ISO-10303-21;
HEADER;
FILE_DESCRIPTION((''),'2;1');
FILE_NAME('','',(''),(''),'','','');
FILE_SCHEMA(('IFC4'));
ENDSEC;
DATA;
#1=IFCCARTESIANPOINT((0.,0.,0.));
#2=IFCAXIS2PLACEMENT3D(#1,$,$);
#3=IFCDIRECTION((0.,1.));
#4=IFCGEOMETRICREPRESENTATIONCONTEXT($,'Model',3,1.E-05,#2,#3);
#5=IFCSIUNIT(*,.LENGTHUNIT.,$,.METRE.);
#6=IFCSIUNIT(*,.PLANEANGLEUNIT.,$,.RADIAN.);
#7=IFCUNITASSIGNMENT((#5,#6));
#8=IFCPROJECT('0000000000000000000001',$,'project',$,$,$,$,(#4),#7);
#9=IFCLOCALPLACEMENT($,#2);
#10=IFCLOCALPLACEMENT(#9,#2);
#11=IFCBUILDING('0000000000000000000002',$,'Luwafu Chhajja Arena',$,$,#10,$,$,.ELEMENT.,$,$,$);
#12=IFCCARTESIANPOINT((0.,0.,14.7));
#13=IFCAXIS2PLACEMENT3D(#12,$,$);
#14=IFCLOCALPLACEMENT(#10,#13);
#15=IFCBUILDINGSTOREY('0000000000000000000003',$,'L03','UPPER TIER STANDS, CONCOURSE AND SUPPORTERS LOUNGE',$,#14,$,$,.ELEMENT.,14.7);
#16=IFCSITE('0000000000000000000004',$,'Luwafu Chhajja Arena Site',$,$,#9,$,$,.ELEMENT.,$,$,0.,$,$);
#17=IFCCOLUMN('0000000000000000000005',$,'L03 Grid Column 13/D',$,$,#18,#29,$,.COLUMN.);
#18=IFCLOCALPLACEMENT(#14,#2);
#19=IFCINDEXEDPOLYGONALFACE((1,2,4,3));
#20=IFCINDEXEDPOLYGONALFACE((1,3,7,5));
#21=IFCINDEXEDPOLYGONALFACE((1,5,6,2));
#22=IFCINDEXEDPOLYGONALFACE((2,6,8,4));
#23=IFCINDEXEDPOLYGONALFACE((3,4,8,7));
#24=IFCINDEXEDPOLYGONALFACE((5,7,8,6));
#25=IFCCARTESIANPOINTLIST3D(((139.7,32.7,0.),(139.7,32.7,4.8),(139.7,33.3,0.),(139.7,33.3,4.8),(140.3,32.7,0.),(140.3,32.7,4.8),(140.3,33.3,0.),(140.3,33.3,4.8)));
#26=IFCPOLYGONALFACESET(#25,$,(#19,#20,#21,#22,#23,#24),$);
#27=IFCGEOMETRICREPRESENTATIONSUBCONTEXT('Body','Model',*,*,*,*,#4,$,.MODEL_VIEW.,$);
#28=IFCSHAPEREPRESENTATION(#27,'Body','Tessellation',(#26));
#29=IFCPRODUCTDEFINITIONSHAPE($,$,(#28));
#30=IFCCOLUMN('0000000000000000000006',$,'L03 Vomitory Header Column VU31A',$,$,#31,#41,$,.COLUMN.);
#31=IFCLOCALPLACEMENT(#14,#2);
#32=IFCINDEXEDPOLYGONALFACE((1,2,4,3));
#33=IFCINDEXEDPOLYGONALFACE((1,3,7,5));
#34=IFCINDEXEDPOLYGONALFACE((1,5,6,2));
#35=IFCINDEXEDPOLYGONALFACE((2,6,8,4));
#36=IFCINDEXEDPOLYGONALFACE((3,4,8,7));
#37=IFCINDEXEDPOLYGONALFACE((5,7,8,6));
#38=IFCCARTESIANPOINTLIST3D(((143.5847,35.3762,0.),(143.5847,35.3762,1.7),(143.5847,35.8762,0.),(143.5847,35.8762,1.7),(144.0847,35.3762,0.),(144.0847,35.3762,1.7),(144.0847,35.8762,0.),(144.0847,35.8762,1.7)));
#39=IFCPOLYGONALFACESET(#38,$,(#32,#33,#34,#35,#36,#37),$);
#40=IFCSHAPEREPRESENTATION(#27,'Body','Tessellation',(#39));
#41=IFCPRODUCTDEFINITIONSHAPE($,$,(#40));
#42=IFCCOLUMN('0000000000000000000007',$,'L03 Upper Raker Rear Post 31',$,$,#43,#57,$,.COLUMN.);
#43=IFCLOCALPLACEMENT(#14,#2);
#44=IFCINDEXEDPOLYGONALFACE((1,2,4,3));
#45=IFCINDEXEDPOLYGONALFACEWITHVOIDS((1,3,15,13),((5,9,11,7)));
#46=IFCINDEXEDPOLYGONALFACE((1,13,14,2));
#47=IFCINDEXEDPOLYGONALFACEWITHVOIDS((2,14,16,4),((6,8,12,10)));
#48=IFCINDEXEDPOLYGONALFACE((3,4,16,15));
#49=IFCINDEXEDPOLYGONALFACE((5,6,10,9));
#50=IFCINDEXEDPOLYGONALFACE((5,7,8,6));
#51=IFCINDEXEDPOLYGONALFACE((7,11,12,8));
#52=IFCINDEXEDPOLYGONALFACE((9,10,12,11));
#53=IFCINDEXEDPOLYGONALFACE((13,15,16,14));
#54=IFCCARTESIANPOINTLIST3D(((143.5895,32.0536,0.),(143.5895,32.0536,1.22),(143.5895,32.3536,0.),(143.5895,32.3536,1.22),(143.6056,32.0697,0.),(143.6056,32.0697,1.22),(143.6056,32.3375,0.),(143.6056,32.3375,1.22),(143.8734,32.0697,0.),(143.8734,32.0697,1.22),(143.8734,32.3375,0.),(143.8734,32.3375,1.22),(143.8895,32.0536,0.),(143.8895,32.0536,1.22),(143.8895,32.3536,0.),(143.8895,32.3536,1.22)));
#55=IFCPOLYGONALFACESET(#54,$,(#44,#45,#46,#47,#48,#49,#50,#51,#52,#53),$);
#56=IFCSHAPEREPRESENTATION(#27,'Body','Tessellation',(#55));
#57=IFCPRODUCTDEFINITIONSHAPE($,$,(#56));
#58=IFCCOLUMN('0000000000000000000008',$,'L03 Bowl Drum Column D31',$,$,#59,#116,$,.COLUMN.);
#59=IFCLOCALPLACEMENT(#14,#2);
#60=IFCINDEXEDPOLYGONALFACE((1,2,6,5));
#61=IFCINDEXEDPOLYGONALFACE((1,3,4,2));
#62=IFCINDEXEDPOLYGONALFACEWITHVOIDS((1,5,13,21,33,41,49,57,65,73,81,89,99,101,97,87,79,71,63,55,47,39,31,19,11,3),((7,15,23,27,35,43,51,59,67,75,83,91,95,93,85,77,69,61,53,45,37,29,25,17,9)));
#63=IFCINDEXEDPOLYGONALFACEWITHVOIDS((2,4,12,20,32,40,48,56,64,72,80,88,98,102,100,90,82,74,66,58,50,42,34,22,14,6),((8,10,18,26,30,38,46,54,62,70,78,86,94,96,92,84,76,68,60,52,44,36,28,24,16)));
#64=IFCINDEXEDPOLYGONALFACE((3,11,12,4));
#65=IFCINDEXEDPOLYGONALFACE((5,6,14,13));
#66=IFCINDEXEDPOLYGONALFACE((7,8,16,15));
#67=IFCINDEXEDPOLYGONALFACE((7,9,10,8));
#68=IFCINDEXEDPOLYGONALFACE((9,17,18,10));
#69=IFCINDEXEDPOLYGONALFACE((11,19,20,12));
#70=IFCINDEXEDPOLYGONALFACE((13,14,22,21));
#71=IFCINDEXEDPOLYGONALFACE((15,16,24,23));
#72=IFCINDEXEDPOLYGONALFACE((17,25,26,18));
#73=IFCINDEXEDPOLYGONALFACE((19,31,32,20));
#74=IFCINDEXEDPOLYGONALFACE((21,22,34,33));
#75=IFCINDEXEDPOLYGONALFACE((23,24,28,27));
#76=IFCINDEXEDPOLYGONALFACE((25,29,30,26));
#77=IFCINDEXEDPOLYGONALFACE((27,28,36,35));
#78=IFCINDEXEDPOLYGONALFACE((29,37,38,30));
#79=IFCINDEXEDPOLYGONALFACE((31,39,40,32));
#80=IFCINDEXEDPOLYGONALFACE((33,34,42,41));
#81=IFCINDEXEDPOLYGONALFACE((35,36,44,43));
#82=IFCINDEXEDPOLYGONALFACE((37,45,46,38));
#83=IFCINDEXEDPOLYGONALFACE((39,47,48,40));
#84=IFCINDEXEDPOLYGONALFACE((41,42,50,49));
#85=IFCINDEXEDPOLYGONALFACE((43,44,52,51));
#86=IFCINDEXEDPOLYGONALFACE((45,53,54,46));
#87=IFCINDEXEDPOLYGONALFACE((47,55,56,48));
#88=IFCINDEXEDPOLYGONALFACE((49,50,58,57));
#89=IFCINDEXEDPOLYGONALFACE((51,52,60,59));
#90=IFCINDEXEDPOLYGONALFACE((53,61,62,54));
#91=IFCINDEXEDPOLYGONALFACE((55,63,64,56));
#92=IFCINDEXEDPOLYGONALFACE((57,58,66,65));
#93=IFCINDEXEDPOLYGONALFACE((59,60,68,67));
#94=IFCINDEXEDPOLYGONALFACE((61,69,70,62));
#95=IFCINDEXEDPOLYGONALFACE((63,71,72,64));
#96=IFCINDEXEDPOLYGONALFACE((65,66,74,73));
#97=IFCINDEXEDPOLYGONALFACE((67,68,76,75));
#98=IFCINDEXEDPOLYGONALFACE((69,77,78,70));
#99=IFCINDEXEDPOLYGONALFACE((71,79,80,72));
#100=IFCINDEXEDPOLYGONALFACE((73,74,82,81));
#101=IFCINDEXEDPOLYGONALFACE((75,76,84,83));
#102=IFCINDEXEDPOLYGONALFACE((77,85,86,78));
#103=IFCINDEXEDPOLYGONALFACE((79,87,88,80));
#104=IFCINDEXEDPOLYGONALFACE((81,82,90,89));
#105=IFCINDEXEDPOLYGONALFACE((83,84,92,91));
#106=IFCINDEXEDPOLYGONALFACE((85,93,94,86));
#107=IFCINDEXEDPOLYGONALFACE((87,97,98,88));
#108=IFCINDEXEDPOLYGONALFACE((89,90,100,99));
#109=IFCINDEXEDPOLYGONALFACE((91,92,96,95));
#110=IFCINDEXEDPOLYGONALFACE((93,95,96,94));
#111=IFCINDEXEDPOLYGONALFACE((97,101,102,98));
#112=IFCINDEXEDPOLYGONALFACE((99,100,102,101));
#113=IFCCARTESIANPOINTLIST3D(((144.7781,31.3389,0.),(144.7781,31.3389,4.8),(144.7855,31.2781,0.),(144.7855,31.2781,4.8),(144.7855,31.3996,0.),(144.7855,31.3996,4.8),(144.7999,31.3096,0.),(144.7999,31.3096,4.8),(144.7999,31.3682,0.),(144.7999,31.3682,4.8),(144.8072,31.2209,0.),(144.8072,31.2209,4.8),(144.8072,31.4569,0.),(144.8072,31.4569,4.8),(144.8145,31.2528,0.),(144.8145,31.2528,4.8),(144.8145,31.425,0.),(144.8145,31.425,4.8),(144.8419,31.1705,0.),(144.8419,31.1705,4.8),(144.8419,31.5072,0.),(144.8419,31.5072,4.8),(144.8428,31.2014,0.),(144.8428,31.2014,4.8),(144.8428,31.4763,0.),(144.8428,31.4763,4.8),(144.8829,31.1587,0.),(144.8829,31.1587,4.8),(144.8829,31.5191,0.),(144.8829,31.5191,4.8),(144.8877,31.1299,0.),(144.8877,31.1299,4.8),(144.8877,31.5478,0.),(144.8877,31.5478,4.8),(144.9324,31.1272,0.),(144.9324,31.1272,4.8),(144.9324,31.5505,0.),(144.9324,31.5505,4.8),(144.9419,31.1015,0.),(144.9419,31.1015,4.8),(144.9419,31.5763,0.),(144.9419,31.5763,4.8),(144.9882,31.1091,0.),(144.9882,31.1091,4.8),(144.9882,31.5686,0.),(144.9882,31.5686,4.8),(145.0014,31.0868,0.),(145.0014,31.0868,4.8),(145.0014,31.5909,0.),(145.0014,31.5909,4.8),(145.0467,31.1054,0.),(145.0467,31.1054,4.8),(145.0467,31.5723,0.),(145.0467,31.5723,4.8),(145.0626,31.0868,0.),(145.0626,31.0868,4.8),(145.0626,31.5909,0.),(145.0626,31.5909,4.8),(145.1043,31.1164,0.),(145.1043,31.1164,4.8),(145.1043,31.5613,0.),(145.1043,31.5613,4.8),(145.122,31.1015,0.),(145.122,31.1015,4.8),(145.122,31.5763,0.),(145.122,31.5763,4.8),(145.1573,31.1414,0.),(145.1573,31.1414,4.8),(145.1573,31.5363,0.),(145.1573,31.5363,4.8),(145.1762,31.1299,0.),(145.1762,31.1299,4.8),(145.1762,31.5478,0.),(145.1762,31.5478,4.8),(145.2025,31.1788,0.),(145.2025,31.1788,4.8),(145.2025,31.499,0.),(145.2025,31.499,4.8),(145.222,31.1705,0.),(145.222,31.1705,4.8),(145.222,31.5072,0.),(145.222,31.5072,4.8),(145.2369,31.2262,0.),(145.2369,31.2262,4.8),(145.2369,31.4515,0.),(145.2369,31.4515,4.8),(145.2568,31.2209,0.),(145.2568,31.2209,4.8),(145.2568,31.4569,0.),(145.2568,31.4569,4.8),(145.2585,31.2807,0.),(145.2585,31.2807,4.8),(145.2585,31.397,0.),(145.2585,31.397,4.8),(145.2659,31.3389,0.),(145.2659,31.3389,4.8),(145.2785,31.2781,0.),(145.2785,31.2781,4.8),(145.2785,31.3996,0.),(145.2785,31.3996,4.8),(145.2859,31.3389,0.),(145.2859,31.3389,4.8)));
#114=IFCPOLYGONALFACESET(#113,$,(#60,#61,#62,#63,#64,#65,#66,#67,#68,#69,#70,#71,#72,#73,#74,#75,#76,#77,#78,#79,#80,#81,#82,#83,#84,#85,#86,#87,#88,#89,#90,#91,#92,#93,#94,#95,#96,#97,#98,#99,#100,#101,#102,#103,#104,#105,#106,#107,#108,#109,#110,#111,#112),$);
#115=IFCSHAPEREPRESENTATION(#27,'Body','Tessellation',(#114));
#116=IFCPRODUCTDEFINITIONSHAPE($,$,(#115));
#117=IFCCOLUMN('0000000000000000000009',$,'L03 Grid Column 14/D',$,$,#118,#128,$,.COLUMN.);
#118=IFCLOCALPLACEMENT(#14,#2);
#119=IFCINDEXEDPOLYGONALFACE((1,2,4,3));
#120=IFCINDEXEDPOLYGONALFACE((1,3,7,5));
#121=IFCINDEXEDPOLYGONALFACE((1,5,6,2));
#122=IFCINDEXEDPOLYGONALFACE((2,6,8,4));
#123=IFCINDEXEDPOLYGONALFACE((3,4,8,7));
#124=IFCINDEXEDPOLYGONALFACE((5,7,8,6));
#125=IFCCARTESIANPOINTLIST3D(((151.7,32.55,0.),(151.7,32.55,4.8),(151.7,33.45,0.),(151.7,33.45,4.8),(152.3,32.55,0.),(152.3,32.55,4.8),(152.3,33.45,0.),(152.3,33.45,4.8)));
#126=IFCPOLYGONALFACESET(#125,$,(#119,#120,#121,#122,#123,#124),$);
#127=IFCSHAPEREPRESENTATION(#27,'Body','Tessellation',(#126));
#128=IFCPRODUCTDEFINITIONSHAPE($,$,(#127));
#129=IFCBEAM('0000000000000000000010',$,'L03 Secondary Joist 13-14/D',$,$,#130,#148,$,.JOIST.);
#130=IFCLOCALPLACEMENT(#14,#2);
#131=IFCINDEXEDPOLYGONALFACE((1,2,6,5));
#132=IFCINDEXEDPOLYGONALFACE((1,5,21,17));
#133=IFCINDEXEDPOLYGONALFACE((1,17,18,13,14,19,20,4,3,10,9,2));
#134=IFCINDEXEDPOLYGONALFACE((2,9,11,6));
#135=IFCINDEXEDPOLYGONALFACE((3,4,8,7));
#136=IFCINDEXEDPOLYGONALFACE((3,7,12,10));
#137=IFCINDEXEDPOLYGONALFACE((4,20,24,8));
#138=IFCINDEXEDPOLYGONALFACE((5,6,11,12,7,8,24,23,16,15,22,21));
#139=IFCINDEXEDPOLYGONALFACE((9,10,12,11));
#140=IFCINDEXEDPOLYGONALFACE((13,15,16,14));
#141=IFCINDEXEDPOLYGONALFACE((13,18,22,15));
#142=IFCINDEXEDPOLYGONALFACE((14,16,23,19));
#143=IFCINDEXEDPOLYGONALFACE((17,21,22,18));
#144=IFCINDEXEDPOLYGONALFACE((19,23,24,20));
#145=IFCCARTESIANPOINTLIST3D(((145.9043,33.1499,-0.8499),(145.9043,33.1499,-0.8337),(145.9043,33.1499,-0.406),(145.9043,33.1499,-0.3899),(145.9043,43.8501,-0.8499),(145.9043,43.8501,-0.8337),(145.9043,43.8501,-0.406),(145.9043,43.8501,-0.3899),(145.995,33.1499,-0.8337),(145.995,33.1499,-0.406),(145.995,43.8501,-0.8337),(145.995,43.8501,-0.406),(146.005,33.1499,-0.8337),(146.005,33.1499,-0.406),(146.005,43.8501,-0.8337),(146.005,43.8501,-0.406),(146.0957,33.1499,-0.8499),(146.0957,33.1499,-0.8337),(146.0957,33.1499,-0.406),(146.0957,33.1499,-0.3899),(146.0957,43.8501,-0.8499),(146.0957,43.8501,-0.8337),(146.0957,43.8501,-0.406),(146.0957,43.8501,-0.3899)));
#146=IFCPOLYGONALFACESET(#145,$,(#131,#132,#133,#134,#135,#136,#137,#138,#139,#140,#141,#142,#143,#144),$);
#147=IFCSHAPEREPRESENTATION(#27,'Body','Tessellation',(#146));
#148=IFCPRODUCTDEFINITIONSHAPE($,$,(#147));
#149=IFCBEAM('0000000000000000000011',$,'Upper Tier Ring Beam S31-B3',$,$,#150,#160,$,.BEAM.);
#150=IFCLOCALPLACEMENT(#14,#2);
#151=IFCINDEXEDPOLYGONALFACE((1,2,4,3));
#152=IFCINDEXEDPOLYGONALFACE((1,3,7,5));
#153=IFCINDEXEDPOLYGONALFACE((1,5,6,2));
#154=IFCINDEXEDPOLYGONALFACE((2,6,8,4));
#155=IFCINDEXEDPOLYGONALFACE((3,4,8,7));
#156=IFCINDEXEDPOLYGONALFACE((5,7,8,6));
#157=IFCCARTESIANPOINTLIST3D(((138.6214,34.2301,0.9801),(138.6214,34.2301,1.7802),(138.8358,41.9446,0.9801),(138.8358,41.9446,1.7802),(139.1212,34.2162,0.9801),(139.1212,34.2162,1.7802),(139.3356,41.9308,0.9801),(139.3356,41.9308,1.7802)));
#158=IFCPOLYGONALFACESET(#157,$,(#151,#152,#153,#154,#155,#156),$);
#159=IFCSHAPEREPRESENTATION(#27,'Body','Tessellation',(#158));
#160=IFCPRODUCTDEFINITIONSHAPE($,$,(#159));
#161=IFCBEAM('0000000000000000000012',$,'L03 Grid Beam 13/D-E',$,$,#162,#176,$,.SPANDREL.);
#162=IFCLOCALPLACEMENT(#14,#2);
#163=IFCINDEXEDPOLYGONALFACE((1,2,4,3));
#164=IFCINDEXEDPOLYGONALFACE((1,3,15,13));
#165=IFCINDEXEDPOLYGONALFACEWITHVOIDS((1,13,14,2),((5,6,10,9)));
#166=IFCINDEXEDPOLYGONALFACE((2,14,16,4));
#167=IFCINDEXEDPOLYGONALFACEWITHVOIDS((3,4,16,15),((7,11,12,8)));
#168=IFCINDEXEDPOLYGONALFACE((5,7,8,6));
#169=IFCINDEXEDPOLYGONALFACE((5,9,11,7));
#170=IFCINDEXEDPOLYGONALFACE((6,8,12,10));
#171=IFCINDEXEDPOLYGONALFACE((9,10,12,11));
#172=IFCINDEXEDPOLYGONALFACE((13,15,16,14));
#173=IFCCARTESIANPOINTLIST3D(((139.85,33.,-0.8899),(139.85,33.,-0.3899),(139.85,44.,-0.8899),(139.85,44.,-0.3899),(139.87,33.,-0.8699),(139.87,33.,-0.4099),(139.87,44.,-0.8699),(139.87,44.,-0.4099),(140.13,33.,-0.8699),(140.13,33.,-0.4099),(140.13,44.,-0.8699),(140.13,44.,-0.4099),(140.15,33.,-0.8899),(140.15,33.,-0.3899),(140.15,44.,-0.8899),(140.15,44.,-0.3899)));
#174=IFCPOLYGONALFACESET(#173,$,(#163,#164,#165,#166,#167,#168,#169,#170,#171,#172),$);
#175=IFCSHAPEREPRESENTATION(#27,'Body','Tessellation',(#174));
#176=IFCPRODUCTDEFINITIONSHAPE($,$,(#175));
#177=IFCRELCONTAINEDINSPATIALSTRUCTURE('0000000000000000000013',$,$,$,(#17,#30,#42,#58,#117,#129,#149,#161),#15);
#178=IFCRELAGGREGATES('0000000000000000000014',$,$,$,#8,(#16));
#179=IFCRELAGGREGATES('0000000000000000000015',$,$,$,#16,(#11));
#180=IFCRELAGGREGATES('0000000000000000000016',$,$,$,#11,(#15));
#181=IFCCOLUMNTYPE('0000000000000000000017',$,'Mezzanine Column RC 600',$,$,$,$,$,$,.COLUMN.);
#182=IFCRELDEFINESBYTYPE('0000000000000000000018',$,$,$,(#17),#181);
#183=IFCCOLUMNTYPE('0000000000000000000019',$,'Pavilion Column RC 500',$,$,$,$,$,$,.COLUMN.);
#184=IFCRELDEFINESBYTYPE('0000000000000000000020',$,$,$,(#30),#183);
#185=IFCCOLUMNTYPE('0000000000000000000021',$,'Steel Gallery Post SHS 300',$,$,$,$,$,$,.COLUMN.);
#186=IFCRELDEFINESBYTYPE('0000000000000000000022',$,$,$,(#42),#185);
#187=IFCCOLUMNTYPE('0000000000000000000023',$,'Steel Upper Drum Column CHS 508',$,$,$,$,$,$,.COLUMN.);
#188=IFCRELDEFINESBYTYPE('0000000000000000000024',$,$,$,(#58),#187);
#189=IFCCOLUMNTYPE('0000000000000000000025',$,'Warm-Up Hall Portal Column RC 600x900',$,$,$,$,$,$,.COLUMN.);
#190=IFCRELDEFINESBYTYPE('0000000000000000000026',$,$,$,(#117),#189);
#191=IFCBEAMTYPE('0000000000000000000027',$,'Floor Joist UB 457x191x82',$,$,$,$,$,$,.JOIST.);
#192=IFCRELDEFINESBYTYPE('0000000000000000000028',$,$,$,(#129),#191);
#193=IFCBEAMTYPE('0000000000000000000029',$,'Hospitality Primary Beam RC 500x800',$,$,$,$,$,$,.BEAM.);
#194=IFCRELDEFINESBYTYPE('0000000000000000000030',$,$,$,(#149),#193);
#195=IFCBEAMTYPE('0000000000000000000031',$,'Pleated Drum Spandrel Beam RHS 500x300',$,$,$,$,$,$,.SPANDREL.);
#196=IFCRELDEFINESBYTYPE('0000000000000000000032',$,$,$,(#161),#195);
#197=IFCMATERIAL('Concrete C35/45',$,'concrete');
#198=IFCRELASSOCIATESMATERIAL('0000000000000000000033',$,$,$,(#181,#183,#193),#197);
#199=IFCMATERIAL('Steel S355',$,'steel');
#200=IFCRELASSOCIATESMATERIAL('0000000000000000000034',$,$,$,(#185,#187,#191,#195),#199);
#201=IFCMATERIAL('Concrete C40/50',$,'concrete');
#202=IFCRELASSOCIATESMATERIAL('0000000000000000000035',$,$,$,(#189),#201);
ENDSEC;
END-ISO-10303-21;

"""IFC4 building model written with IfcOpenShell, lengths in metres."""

from ifc_helpers import new_model, si_unit, direction, frame, origin, origin_2d, place, context, subcontext, project, spatial, rectangle, hollow_rectangle, hollow_circle, i_section, extrude, material, material_profile, profile_set, type_object, element, save


model = new_model("IFC4")

# Units and contexts
model_context = context("Model", 3, precision=1e-05, world=origin(), true_north=direction((0.0, 1.0)))
body_context = subcontext(model_context, "Body", "Model", "MODEL_VIEW")
ifc_project = project(units=[si_unit("LENGTHUNIT", "METRE"), si_unit("PLANEANGLEUNIT", "RADIAN")], contexts=[model_context])

# Site, building, storey
site_placement = place(None, origin())
site = spatial("IfcSite", under=ifc_project, at=site_placement, Name="Luwafu Chhajja Arena Site", CompositionType="ELEMENT", RefElevation=0.0)
building_placement = place(site_placement, origin())
building = spatial("IfcBuilding", under=site, at=building_placement, Name="Luwafu Chhajja Arena", CompositionType="ELEMENT")
storey_placement = place(building_placement, frame((0.0, 0.0, 14.7)))
storey = spatial("IfcBuildingStorey", under=building, at=storey_placement, Name="L03", Description="UPPER TIER STANDS, CONCOURSE AND SUPPORTERS LOUNGE", CompositionType="ELEMENT", Elevation=14.7)

# Columns
ifc_material_1 = material(Name="Concrete C35/45", Category="concrete")
ifc_material_profile_1 = material_profile(ifc_material_1, rectangle(XDim=0.6001, YDim=0.6001, at=origin_2d()), Name="RC 600x600")
ifc_profile_set_1 = profile_set([ifc_material_profile_1], Name="Concrete C35/45")
column_type_1 = type_object("IfcColumnType", Name="Mezzanine Column RC 600", PredefinedType="COLUMN", material=ifc_profile_set_1)
column_1_placement = place(storey_placement, frame((140.0, 33.0, 0.0), z_axis=(0.0, 0.0, 1.0), x_axis=(1.0, 0.0, 0.0)))
element("IfcColumn", 1, at=column_1_placement, inside=storey, type_object=column_type_1, Name="L03 Grid Column 13/D", PredefinedType="COLUMN", context=body_context, shape_type="SweptSolid", body=[
    extrude(rectangle(XDim=0.6001, YDim=0.6001, at=origin_2d()), origin(), (0.0, 0.0, 1.0), 4.8),
])
ifc_material_profile_2 = material_profile(ifc_material_1, rectangle(XDim=0.5, YDim=0.5, at=origin_2d()), Name="RC 500x500")
ifc_profile_set_2 = profile_set([ifc_material_profile_2], Name="Concrete C35/45")
column_type_2 = type_object("IfcColumnType", Name="Pavilion Column RC 500", PredefinedType="COLUMN", material=ifc_profile_set_2)
column_2_placement = place(storey_placement, frame((143.8347, 35.6262, 0.0), z_axis=(0.0, 0.0, 1.0), x_axis=(1.0, 0.0, 0.0)))
element("IfcColumn", 2, at=column_2_placement, inside=storey, type_object=column_type_2, Name="L03 Vomitory Header Column VU31A", PredefinedType="COLUMN", context=body_context, shape_type="SweptSolid", body=[
    extrude(rectangle(XDim=0.5, YDim=0.5, at=origin_2d()), origin(), (0.0, 0.0, 1.0), 1.7),
])
ifc_material_2 = material(Name="Steel S355", Category="steel")
ifc_material_profile_3 = material_profile(ifc_material_2, hollow_rectangle(XDim=0.3, YDim=0.3, WallThickness=0.0161, at=origin_2d()), Name="SHS 300x300x16")
ifc_profile_set_3 = profile_set([ifc_material_profile_3], Name="Steel S355")
column_type_3 = type_object("IfcColumnType", Name="Steel Gallery Post SHS 300", PredefinedType="COLUMN", material=ifc_profile_set_3)
column_3_placement = place(storey_placement, frame((143.7395, 32.2036, 0.0), z_axis=(0.0, 0.0, 1.0), x_axis=(1.0, 0.0, 0.0)))
element("IfcColumn", 3, at=column_3_placement, inside=storey, type_object=column_type_3, Name="L03 Upper Raker Rear Post 31", PredefinedType="COLUMN", context=body_context, shape_type="SweptSolid", body=[
    extrude(hollow_rectangle(XDim=0.3, YDim=0.3, WallThickness=0.0161, at=origin_2d()), origin(), (0.0, 0.0, 1.0), 1.22),
])
ifc_material_profile_4 = material_profile(ifc_material_2, hollow_circle(Radius=0.2539, WallThickness=0.02, at=origin_2d()), Name="CHS 508x20")
ifc_profile_set_4 = profile_set([ifc_material_profile_4], Name="Steel S355")
column_type_4 = type_object("IfcColumnType", Name="Steel Upper Drum Column CHS 508", PredefinedType="COLUMN", material=ifc_profile_set_4)
column_4_placement = place(storey_placement, frame((145.032, 31.3389, 0.0), z_axis=(0.0, 0.0, 1.0), x_axis=(1.0, 0.0, 0.0)))
element("IfcColumn", 4, at=column_4_placement, inside=storey, type_object=column_type_4, Name="L03 Bowl Drum Column D31", PredefinedType="COLUMN", context=body_context, shape_type="SweptSolid", body=[
    extrude(hollow_circle(Radius=0.2539, WallThickness=0.02, at=origin_2d()), origin(), (0.0, 0.0, 1.0), 4.8),
])
ifc_material_3 = material(Name="Concrete C40/50", Category="concrete")
ifc_material_profile_5 = material_profile(ifc_material_3, rectangle(XDim=0.6001, YDim=0.8999, at=origin_2d()), Name="RC 600x900")
ifc_profile_set_5 = profile_set([ifc_material_profile_5], Name="Concrete C40/50")
column_type_5 = type_object("IfcColumnType", Name="Warm-Up Hall Portal Column RC 600x900", PredefinedType="COLUMN", material=ifc_profile_set_5)
column_5_placement = place(storey_placement, frame((152.0, 33.0, 0.0), z_axis=(0.0, 0.0, 1.0), x_axis=(1.0, 0.0, 0.0)))
element("IfcColumn", 5, at=column_5_placement, inside=storey, type_object=column_type_5, Name="L03 Grid Column 14/D", PredefinedType="COLUMN", context=body_context, shape_type="SweptSolid", body=[
    extrude(rectangle(XDim=0.6001, YDim=0.8999, at=origin_2d()), origin(), (0.0, 0.0, 1.0), 4.8),
])

# Beams
ifc_material_profile_6 = material_profile(ifc_material_2, i_section(OverallWidth=0.1914, OverallDepth=0.46, WebThickness=0.01, FlangeThickness=0.0161, at=origin_2d()), Name="UB 457x191x82")
ifc_profile_set_6 = profile_set([ifc_material_profile_6], Name="Steel S355")
beam_type_1 = type_object("IfcBeamType", Name="Floor Joist UB 457x191x82", PredefinedType="JOIST", material=ifc_profile_set_6)
beam_1_placement = place(storey_placement, frame((146.0, 33.1499, -0.6199), z_axis=(0.0, 1.0, 0.0), x_axis=(-1.0, 0.0, 0.0)))
element("IfcBeam", 6, at=beam_1_placement, inside=storey, type_object=beam_type_1, Name="L03 Secondary Joist 13-14/D", PredefinedType="JOIST", context=body_context, shape_type="SweptSolid", body=[
    extrude(i_section(OverallWidth=0.1914, OverallDepth=0.46, WebThickness=0.01, FlangeThickness=0.0161, at=origin_2d()), origin(), (0.0, 0.0, 1.0), 10.7002),
])
ifc_material_profile_7 = material_profile(ifc_material_1, rectangle(XDim=0.5, YDim=0.8, at=origin_2d()), Name="RC 500x800")
ifc_profile_set_7 = profile_set([ifc_material_profile_7], Name="Concrete C35/45")
beam_type_2 = type_object("IfcBeamType", Name="Hospitality Primary Beam RC 500x800", PredefinedType="BEAM", material=ifc_profile_set_7)
beam_2_placement = place(storey_placement, frame((138.8713, 34.2231, 1.3801), z_axis=(0.027775, 0.999614, 0.0), x_axis=(-0.999614, 0.027775, 0.0)))
element("IfcBeam", 7, at=beam_2_placement, inside=storey, type_object=beam_type_2, Name="Upper Tier Ring Beam S31-B3", PredefinedType="BEAM", context=body_context, shape_type="SweptSolid", body=[
    extrude(rectangle(XDim=0.5, YDim=0.8, at=origin_2d()), origin(), (0.0, 0.0, 1.0), 7.7175),
])
ifc_material_profile_8 = material_profile(ifc_material_2, hollow_rectangle(XDim=0.3, YDim=0.5, WallThickness=0.02, at=origin_2d()), Name="RHS 500x300x20")
ifc_profile_set_8 = profile_set([ifc_material_profile_8], Name="Steel S355")
beam_type_3 = type_object("IfcBeamType", Name="Pleated Drum Spandrel Beam RHS 500x300", PredefinedType="SPANDREL", material=ifc_profile_set_8)
beam_3_placement = place(storey_placement, frame((140.0, 33.0, -0.6399), z_axis=(0.0, 1.0, 0.0), x_axis=(-1.0, 0.0, 0.0)))
element("IfcBeam", 8, at=beam_3_placement, inside=storey, type_object=beam_type_3, Name="L03 Grid Beam 13/D-E", PredefinedType="SPANDREL", context=body_context, shape_type="SweptSolid", body=[
    extrude(hollow_rectangle(XDim=0.3, YDim=0.5, WallThickness=0.02, at=origin_2d()), origin(), (0.0, 0.0, 1.0), 11.0),
])

save(model, "model.ifc")
